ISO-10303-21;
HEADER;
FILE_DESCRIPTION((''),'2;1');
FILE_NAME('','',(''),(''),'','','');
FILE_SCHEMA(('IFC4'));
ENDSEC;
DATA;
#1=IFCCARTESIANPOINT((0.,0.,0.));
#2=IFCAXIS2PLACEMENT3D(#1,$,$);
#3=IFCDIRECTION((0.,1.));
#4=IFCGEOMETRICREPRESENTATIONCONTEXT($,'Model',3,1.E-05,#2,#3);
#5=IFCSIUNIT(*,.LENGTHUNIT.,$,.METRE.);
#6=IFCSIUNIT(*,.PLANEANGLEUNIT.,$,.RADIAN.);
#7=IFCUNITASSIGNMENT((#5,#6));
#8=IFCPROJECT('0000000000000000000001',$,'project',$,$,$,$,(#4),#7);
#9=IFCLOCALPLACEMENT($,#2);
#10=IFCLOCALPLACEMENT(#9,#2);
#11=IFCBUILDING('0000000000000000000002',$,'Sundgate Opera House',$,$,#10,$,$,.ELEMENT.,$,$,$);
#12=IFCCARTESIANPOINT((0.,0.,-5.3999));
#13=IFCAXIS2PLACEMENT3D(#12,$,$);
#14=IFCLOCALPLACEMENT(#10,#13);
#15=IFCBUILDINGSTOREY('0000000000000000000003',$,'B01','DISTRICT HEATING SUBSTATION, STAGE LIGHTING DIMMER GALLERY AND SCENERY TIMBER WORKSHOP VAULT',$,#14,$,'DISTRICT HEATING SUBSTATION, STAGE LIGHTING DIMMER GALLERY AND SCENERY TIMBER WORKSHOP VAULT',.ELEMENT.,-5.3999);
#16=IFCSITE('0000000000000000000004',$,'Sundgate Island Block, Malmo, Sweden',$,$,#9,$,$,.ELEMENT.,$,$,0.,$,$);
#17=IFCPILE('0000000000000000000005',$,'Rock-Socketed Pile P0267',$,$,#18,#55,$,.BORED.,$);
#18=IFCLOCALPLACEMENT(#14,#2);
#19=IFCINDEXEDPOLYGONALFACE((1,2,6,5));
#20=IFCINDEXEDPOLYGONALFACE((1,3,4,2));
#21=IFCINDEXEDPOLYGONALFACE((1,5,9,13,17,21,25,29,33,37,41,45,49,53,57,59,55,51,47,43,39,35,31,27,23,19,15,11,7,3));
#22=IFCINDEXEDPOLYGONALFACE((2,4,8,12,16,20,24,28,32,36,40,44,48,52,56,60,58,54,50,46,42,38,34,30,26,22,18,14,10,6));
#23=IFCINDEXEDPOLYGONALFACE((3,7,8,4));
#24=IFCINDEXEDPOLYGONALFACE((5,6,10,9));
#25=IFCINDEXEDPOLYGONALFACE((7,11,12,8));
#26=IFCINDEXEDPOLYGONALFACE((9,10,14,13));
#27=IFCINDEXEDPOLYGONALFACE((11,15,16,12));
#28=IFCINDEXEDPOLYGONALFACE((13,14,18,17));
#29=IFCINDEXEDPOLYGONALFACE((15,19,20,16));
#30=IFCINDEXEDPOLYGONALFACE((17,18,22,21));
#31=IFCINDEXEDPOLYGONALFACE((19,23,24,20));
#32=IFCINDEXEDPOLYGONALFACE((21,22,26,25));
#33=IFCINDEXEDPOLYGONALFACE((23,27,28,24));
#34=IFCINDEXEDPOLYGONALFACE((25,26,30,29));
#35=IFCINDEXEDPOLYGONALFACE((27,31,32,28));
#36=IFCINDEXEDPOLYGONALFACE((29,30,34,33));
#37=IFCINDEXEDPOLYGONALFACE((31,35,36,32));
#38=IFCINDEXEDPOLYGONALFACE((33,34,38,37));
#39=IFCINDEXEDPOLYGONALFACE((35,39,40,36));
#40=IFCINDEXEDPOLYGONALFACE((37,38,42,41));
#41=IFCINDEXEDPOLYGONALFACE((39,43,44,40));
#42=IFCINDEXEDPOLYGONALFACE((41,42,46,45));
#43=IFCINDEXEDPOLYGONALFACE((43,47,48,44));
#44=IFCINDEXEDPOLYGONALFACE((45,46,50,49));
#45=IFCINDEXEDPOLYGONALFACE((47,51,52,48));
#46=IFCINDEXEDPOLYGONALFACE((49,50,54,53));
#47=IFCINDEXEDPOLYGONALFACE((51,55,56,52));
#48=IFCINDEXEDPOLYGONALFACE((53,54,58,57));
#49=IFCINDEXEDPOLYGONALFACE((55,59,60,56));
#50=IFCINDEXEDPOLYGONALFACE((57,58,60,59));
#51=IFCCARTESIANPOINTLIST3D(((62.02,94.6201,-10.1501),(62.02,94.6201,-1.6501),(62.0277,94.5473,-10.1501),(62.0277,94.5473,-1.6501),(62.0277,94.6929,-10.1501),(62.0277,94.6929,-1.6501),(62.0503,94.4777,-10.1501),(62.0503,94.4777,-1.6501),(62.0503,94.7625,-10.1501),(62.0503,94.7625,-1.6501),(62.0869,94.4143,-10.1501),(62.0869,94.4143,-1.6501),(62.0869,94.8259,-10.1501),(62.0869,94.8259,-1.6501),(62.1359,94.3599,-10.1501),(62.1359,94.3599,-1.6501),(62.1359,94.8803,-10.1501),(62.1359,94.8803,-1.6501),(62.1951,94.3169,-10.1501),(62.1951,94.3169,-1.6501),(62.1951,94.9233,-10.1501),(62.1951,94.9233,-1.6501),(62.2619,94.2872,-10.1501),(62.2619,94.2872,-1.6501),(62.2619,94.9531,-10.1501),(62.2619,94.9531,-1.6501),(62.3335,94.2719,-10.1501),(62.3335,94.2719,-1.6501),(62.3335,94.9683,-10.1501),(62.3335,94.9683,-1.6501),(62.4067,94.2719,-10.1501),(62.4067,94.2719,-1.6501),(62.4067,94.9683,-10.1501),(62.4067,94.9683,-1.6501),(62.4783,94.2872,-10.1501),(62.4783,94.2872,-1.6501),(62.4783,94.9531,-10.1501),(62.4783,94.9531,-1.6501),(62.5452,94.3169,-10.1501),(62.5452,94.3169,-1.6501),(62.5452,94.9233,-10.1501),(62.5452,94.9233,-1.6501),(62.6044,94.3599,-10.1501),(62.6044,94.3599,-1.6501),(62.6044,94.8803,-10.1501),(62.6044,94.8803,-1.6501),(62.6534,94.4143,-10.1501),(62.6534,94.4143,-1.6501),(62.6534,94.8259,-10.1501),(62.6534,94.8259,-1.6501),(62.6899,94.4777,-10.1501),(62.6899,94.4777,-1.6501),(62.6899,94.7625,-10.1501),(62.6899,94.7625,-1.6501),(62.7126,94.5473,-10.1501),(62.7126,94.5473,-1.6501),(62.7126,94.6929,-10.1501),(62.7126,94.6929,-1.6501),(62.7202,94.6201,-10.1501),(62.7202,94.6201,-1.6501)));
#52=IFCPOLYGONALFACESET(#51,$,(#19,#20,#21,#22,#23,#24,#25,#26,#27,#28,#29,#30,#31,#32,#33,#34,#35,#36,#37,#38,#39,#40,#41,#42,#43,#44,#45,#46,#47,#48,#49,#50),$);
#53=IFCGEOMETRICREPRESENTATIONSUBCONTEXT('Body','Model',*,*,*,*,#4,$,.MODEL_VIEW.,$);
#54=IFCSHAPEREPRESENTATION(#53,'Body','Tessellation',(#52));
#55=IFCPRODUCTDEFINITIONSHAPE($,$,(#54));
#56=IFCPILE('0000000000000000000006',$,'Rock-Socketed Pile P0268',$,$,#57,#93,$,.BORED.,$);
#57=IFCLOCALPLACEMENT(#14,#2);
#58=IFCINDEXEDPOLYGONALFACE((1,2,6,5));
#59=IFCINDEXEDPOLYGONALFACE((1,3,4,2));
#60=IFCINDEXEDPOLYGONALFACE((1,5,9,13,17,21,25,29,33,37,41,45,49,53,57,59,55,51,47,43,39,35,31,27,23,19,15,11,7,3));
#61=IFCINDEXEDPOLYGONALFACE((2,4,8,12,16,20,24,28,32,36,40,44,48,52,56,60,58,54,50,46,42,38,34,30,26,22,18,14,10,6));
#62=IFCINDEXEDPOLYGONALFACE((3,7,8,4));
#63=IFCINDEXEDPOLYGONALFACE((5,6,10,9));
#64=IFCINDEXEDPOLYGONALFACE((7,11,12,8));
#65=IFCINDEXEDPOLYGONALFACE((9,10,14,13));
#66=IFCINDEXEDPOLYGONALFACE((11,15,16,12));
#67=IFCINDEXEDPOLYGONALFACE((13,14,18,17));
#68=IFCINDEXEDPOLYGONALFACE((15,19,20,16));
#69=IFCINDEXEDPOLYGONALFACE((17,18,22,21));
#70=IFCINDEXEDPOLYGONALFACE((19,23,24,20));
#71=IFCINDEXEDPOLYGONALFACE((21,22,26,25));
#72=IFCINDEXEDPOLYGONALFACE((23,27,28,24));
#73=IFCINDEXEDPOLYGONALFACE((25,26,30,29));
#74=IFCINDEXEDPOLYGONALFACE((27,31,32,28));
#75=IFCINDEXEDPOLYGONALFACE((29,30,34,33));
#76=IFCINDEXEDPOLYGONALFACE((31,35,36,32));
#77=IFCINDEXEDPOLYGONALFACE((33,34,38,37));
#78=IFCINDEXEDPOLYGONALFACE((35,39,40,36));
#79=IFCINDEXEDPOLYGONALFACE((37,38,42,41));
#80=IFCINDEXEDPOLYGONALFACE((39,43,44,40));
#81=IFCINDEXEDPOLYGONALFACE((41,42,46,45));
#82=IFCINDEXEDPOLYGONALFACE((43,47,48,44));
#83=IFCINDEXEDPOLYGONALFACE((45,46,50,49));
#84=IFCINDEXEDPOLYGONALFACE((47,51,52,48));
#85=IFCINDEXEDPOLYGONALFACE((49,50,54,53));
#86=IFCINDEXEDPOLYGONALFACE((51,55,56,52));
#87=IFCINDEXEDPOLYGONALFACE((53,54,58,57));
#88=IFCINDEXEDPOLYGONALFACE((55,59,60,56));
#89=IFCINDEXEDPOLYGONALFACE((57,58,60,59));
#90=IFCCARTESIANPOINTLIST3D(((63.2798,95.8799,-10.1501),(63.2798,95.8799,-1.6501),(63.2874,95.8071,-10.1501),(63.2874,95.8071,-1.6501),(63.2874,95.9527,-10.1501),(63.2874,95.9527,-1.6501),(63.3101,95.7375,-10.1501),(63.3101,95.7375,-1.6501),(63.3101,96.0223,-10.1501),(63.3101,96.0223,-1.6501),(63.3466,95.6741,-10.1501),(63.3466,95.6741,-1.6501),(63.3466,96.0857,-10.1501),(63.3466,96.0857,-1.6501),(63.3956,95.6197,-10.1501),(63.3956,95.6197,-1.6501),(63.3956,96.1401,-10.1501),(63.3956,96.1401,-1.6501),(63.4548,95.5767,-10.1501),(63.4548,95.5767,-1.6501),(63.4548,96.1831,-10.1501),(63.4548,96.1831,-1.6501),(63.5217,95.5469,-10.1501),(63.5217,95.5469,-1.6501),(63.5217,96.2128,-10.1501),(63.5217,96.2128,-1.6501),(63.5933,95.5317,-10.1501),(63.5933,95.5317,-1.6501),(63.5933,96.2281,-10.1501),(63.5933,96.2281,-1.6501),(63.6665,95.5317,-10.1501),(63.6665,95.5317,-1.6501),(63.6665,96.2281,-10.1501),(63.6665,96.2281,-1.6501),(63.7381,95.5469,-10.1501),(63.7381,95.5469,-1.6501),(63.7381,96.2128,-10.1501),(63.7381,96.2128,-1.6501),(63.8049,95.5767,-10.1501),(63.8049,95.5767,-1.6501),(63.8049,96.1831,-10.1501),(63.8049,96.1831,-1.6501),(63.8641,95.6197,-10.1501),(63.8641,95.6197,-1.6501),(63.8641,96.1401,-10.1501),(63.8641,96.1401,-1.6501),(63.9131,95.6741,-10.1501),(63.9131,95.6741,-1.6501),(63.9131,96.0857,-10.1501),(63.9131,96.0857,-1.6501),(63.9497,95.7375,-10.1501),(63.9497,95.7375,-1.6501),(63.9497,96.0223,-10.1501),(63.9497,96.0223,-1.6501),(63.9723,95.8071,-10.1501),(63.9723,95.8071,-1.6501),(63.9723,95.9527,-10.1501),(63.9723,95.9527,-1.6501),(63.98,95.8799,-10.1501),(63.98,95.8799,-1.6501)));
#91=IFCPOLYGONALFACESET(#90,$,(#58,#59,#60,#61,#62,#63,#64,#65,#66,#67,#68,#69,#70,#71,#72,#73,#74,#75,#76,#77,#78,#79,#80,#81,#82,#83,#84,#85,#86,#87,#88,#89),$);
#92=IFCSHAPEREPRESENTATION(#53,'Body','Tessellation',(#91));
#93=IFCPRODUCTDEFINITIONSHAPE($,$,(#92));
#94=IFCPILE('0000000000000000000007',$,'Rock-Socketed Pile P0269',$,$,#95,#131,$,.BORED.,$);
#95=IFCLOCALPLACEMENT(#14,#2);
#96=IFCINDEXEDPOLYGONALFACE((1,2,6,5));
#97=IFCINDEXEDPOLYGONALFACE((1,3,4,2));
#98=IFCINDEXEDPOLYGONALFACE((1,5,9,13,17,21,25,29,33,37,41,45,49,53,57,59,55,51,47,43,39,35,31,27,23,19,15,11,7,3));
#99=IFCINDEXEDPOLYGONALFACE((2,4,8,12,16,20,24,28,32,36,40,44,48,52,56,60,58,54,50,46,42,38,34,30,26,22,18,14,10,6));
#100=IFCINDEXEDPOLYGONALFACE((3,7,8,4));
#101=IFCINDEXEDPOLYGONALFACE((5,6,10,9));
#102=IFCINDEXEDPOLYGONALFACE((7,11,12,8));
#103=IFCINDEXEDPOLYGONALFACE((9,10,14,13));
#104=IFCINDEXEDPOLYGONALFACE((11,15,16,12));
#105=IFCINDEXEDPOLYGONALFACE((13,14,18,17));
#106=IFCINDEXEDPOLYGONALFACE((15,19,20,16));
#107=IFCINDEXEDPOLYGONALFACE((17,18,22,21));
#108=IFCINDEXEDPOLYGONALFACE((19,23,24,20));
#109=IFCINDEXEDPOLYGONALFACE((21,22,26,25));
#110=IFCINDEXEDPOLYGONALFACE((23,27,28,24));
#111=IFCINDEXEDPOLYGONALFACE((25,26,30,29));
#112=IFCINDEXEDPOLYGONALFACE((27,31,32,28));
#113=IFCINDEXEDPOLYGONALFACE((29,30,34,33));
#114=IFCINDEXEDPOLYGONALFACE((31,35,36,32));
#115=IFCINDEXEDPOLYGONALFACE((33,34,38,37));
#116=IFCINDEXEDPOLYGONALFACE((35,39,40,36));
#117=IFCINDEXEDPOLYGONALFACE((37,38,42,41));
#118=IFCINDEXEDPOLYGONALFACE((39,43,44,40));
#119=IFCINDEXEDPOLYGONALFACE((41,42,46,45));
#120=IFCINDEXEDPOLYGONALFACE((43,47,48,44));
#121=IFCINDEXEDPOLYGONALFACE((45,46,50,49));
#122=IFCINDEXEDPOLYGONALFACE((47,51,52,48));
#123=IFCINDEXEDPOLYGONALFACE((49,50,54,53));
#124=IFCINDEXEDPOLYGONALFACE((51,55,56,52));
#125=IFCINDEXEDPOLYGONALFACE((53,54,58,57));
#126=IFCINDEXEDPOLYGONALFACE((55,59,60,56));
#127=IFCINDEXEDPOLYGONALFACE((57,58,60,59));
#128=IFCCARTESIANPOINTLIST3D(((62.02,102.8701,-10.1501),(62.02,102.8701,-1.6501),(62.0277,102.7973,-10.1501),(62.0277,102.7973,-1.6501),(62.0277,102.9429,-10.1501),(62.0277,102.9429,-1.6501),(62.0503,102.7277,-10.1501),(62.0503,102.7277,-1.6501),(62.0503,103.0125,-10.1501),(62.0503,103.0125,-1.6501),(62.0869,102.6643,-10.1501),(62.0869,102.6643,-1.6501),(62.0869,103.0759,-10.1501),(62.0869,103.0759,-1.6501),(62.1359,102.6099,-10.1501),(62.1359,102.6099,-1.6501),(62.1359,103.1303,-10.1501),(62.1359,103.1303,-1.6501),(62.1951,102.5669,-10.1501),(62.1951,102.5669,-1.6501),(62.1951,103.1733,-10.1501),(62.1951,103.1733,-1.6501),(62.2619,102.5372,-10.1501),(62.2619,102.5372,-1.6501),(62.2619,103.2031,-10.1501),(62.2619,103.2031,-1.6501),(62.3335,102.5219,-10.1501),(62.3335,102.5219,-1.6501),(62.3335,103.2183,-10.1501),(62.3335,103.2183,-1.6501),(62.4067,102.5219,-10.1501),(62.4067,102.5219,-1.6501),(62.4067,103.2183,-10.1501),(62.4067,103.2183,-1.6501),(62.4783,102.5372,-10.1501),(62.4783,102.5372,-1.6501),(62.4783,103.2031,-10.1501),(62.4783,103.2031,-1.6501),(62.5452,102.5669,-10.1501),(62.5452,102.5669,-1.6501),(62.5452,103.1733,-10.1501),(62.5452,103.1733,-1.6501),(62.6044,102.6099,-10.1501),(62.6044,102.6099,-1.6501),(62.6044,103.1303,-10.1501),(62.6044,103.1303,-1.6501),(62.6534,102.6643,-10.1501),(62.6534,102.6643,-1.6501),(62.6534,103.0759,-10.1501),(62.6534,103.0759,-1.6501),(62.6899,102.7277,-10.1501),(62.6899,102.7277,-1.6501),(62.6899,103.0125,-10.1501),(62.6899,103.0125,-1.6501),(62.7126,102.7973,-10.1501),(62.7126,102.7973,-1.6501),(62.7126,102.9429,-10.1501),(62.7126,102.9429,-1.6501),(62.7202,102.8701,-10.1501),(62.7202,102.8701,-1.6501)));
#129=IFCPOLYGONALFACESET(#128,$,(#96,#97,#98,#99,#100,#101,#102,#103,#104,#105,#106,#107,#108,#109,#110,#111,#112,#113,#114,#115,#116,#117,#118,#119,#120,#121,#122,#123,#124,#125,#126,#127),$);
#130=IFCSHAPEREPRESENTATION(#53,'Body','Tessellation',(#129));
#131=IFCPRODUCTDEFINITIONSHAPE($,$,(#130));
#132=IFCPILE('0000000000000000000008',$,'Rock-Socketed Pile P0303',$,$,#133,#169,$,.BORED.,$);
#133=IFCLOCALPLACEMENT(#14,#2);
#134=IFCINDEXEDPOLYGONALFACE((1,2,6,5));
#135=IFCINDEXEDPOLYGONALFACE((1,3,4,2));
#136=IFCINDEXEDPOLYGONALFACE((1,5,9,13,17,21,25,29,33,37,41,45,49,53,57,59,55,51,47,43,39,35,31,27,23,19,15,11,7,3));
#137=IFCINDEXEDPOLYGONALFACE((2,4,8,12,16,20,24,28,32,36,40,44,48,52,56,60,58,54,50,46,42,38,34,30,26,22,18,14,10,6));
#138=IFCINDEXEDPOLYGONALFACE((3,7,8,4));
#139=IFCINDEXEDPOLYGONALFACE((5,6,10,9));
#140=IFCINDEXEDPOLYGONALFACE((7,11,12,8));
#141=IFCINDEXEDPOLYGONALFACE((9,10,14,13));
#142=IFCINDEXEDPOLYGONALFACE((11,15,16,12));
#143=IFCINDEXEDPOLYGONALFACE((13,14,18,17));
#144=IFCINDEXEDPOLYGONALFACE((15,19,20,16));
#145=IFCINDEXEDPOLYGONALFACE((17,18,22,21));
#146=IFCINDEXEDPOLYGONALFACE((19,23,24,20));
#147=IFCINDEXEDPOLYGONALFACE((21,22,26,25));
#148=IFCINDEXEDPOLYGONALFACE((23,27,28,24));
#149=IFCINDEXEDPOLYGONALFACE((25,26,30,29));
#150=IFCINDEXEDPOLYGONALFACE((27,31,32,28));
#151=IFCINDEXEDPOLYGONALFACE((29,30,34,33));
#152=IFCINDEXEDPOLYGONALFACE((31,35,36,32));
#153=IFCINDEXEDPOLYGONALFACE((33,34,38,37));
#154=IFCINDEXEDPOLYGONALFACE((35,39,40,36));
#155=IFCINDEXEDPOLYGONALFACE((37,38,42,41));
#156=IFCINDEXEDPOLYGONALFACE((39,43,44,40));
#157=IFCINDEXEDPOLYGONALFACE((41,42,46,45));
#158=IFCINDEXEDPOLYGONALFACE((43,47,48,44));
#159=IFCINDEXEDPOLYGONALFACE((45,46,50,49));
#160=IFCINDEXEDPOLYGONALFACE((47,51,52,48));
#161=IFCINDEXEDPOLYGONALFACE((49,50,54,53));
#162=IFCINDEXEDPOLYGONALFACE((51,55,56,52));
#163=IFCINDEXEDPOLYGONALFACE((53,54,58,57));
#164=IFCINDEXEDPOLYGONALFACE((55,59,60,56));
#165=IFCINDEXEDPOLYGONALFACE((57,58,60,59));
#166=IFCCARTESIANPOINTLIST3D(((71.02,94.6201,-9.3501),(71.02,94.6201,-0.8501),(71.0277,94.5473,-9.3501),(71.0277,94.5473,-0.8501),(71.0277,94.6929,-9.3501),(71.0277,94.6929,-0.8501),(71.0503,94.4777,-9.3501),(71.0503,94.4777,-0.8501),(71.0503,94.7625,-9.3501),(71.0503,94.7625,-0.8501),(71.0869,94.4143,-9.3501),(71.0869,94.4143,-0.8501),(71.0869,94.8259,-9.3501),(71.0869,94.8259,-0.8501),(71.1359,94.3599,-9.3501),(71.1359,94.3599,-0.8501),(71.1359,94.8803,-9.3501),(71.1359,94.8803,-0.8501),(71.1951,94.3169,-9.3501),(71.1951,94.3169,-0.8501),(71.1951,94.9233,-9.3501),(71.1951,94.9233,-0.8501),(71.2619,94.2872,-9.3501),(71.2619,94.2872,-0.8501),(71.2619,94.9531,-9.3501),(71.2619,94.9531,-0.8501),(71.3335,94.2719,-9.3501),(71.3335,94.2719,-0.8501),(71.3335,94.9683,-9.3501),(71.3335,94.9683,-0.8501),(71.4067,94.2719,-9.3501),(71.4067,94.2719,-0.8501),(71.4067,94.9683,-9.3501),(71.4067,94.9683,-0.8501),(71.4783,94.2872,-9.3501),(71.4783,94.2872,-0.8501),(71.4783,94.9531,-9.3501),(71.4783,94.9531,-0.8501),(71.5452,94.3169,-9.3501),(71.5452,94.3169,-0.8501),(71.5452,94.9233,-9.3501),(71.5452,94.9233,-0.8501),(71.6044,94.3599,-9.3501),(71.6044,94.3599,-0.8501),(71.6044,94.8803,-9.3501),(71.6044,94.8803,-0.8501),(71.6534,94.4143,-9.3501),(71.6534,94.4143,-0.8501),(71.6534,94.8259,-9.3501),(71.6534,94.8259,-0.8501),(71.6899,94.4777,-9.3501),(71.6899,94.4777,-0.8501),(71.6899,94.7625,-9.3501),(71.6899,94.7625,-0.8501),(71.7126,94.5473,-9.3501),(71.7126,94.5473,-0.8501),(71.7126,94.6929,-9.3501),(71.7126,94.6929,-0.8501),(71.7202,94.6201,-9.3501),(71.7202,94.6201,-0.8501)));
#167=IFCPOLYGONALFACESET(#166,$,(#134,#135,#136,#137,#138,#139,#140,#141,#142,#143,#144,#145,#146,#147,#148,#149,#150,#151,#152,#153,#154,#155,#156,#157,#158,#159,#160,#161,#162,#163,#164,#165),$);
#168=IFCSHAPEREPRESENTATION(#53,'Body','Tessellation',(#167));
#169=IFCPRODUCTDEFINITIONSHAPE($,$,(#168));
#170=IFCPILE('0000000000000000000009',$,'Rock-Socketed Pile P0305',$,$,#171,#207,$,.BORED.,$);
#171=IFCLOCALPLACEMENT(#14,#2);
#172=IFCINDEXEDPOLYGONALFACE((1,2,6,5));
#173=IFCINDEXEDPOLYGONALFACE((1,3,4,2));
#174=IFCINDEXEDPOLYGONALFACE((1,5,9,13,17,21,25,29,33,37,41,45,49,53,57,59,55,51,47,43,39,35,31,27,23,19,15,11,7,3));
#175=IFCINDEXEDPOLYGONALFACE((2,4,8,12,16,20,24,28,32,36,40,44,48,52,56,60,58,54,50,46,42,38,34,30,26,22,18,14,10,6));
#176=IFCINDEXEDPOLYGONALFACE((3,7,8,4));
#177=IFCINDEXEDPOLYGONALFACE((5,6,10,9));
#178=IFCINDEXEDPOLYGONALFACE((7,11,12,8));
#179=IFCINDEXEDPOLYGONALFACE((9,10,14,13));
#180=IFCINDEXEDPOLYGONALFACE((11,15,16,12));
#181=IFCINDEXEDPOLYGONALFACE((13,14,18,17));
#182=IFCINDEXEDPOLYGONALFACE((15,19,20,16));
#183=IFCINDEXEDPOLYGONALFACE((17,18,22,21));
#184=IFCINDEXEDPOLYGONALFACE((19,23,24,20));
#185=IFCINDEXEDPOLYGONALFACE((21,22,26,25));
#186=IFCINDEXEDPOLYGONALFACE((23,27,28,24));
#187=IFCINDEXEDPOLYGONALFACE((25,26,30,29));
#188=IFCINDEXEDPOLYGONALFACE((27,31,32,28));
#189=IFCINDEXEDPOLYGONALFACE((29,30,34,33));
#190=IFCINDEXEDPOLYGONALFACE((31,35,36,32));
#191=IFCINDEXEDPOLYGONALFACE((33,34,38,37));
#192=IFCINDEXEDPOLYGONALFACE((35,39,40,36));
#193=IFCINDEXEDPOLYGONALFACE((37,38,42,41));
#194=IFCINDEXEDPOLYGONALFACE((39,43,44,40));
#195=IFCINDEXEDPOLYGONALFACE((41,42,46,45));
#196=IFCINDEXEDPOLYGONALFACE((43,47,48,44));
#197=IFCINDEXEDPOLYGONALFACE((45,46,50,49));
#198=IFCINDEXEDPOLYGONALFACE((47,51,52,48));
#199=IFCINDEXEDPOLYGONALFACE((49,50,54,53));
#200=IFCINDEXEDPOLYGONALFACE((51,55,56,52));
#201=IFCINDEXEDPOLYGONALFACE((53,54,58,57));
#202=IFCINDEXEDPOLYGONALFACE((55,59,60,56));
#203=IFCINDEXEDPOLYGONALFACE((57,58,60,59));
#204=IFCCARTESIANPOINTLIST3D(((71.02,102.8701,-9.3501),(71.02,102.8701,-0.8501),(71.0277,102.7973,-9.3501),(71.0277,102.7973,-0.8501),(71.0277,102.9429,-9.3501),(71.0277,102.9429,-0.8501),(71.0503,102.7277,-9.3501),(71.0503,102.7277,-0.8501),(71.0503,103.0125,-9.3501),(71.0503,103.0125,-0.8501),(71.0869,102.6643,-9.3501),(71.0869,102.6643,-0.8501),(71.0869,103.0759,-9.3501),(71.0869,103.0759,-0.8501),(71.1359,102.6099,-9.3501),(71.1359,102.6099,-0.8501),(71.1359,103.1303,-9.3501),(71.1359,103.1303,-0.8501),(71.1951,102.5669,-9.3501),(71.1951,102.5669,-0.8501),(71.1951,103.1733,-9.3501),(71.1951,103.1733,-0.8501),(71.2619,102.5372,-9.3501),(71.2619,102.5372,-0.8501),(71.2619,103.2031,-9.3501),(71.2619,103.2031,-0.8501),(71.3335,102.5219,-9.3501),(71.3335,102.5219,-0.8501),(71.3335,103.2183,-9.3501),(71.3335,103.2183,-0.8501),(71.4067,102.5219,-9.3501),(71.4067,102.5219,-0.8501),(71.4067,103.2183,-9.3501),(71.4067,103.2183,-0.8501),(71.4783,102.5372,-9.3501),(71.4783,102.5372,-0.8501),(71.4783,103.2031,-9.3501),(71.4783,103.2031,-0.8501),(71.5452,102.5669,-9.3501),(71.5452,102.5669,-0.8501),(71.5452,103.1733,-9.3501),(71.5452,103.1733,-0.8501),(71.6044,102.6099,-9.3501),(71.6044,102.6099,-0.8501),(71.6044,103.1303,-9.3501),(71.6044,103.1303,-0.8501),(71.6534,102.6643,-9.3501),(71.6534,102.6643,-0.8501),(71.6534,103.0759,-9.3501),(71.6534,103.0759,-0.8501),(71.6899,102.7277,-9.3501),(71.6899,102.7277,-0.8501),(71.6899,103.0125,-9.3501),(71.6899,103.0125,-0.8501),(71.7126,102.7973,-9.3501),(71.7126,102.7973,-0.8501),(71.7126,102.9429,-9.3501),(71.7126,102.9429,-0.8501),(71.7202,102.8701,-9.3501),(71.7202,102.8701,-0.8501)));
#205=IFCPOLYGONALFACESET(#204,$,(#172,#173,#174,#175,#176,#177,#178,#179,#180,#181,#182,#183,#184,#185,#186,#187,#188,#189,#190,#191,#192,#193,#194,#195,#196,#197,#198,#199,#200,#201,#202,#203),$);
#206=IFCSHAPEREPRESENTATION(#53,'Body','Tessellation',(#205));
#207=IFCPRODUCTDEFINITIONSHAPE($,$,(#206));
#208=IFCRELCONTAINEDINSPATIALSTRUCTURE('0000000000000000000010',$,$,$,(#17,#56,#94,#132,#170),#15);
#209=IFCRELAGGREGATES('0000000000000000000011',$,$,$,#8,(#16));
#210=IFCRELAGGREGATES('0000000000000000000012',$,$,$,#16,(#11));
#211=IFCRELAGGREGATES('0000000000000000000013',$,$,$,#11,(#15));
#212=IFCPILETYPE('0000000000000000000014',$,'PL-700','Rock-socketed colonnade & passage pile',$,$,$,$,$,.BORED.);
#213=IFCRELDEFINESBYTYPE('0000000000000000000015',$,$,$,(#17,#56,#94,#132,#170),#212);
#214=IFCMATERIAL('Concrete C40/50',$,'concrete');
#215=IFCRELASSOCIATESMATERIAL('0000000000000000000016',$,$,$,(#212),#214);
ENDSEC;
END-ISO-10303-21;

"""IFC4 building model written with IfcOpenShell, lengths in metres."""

from ifc_helpers import new_model, si_unit, direction, frame, origin, origin_2d, place, context, subcontext, project, spatial, circle, extrude, material, material_profile, profile_set, type_object, element, save


model = new_model("IFC4")

# Units and contexts
model_context = context("Model", 3, precision=1e-05, world=origin(), true_north=direction((0.0, 1.0)))
body_context = subcontext(model_context, "Body", "Model", "MODEL_VIEW")
ifc_project = project(units=[si_unit("LENGTHUNIT", "METRE"), si_unit("PLANEANGLEUNIT", "RADIAN")], contexts=[model_context])

# Site, building, storey
site_placement = place(None, origin())
site = spatial("IfcSite", under=ifc_project, at=site_placement, Name="Sundgate Island Block, Malmo, Sweden", CompositionType="ELEMENT", RefElevation=0.0)
building_placement = place(site_placement, origin())
building = spatial("IfcBuilding", under=site, at=building_placement, Name="Sundgate Opera House", CompositionType="ELEMENT")
storey_placement = place(building_placement, frame((0.0, 0.0, -5.3999)))
storey = spatial("IfcBuildingStorey", under=building, at=storey_placement, Name="B01", Description="DISTRICT HEATING SUBSTATION, STAGE LIGHTING DIMMER GALLERY AND SCENERY TIMBER WORKSHOP VAULT", LongName="DISTRICT HEATING SUBSTATION, STAGE LIGHTING DIMMER GALLERY AND SCENERY TIMBER WORKSHOP VAULT", CompositionType="ELEMENT", Elevation=-5.3999)

# Piles
ifc_material_1 = material(Name="Concrete C40/50", Category="concrete")
ifc_material_profile_1 = material_profile(ifc_material_1, circle(Radius=0.3501, at=origin_2d()), Name="PILE D700")
ifc_profile_set_1 = profile_set([ifc_material_profile_1], Name="Concrete C40/50")
pile_type_1 = type_object("IfcPileType", Name="PL-700", Description="Rock-socketed colonnade & passage pile", PredefinedType="BORED", material=ifc_profile_set_1)
for number, where, z_axis, x_axis, name in (
    (1, (62.3701, 94.6201, -1.6501), (0.0, 0.0, -1.0), (1.0, 0.0, 0.0), "Rock-Socketed Pile P0267"),
    (2, (63.6299, 95.8799, -1.6501), (0.0, 0.0, -1.0), (1.0, 0.0, 0.0), "Rock-Socketed Pile P0268"),
    (3, (62.3701, 102.8701, -1.6501), (0.0, 0.0, -1.0), (1.0, 0.0, 0.0), "Rock-Socketed Pile P0269"),
    (4, (71.3701, 94.6201, -0.8501), (0.0, 0.0, -1.0), (1.0, 0.0, 0.0), "Rock-Socketed Pile P0303"),
    (5, (71.3701, 102.8701, -0.8501), (0.0, 0.0, -1.0), (1.0, 0.0, 0.0), "Rock-Socketed Pile P0305"),
):
    element("IfcPile", number, at=place(storey_placement, frame(where, z_axis=z_axis, x_axis=x_axis)), inside=storey, type_object=pile_type_1, Name=name, PredefinedType="BORED", context=body_context, shape_type="SweptSolid", body=[
        extrude(circle(Radius=0.3501, at=origin_2d()), origin(), (0.0, 0.0, 1.0), 8.5),
    ])

save(model, "model.ifc")
